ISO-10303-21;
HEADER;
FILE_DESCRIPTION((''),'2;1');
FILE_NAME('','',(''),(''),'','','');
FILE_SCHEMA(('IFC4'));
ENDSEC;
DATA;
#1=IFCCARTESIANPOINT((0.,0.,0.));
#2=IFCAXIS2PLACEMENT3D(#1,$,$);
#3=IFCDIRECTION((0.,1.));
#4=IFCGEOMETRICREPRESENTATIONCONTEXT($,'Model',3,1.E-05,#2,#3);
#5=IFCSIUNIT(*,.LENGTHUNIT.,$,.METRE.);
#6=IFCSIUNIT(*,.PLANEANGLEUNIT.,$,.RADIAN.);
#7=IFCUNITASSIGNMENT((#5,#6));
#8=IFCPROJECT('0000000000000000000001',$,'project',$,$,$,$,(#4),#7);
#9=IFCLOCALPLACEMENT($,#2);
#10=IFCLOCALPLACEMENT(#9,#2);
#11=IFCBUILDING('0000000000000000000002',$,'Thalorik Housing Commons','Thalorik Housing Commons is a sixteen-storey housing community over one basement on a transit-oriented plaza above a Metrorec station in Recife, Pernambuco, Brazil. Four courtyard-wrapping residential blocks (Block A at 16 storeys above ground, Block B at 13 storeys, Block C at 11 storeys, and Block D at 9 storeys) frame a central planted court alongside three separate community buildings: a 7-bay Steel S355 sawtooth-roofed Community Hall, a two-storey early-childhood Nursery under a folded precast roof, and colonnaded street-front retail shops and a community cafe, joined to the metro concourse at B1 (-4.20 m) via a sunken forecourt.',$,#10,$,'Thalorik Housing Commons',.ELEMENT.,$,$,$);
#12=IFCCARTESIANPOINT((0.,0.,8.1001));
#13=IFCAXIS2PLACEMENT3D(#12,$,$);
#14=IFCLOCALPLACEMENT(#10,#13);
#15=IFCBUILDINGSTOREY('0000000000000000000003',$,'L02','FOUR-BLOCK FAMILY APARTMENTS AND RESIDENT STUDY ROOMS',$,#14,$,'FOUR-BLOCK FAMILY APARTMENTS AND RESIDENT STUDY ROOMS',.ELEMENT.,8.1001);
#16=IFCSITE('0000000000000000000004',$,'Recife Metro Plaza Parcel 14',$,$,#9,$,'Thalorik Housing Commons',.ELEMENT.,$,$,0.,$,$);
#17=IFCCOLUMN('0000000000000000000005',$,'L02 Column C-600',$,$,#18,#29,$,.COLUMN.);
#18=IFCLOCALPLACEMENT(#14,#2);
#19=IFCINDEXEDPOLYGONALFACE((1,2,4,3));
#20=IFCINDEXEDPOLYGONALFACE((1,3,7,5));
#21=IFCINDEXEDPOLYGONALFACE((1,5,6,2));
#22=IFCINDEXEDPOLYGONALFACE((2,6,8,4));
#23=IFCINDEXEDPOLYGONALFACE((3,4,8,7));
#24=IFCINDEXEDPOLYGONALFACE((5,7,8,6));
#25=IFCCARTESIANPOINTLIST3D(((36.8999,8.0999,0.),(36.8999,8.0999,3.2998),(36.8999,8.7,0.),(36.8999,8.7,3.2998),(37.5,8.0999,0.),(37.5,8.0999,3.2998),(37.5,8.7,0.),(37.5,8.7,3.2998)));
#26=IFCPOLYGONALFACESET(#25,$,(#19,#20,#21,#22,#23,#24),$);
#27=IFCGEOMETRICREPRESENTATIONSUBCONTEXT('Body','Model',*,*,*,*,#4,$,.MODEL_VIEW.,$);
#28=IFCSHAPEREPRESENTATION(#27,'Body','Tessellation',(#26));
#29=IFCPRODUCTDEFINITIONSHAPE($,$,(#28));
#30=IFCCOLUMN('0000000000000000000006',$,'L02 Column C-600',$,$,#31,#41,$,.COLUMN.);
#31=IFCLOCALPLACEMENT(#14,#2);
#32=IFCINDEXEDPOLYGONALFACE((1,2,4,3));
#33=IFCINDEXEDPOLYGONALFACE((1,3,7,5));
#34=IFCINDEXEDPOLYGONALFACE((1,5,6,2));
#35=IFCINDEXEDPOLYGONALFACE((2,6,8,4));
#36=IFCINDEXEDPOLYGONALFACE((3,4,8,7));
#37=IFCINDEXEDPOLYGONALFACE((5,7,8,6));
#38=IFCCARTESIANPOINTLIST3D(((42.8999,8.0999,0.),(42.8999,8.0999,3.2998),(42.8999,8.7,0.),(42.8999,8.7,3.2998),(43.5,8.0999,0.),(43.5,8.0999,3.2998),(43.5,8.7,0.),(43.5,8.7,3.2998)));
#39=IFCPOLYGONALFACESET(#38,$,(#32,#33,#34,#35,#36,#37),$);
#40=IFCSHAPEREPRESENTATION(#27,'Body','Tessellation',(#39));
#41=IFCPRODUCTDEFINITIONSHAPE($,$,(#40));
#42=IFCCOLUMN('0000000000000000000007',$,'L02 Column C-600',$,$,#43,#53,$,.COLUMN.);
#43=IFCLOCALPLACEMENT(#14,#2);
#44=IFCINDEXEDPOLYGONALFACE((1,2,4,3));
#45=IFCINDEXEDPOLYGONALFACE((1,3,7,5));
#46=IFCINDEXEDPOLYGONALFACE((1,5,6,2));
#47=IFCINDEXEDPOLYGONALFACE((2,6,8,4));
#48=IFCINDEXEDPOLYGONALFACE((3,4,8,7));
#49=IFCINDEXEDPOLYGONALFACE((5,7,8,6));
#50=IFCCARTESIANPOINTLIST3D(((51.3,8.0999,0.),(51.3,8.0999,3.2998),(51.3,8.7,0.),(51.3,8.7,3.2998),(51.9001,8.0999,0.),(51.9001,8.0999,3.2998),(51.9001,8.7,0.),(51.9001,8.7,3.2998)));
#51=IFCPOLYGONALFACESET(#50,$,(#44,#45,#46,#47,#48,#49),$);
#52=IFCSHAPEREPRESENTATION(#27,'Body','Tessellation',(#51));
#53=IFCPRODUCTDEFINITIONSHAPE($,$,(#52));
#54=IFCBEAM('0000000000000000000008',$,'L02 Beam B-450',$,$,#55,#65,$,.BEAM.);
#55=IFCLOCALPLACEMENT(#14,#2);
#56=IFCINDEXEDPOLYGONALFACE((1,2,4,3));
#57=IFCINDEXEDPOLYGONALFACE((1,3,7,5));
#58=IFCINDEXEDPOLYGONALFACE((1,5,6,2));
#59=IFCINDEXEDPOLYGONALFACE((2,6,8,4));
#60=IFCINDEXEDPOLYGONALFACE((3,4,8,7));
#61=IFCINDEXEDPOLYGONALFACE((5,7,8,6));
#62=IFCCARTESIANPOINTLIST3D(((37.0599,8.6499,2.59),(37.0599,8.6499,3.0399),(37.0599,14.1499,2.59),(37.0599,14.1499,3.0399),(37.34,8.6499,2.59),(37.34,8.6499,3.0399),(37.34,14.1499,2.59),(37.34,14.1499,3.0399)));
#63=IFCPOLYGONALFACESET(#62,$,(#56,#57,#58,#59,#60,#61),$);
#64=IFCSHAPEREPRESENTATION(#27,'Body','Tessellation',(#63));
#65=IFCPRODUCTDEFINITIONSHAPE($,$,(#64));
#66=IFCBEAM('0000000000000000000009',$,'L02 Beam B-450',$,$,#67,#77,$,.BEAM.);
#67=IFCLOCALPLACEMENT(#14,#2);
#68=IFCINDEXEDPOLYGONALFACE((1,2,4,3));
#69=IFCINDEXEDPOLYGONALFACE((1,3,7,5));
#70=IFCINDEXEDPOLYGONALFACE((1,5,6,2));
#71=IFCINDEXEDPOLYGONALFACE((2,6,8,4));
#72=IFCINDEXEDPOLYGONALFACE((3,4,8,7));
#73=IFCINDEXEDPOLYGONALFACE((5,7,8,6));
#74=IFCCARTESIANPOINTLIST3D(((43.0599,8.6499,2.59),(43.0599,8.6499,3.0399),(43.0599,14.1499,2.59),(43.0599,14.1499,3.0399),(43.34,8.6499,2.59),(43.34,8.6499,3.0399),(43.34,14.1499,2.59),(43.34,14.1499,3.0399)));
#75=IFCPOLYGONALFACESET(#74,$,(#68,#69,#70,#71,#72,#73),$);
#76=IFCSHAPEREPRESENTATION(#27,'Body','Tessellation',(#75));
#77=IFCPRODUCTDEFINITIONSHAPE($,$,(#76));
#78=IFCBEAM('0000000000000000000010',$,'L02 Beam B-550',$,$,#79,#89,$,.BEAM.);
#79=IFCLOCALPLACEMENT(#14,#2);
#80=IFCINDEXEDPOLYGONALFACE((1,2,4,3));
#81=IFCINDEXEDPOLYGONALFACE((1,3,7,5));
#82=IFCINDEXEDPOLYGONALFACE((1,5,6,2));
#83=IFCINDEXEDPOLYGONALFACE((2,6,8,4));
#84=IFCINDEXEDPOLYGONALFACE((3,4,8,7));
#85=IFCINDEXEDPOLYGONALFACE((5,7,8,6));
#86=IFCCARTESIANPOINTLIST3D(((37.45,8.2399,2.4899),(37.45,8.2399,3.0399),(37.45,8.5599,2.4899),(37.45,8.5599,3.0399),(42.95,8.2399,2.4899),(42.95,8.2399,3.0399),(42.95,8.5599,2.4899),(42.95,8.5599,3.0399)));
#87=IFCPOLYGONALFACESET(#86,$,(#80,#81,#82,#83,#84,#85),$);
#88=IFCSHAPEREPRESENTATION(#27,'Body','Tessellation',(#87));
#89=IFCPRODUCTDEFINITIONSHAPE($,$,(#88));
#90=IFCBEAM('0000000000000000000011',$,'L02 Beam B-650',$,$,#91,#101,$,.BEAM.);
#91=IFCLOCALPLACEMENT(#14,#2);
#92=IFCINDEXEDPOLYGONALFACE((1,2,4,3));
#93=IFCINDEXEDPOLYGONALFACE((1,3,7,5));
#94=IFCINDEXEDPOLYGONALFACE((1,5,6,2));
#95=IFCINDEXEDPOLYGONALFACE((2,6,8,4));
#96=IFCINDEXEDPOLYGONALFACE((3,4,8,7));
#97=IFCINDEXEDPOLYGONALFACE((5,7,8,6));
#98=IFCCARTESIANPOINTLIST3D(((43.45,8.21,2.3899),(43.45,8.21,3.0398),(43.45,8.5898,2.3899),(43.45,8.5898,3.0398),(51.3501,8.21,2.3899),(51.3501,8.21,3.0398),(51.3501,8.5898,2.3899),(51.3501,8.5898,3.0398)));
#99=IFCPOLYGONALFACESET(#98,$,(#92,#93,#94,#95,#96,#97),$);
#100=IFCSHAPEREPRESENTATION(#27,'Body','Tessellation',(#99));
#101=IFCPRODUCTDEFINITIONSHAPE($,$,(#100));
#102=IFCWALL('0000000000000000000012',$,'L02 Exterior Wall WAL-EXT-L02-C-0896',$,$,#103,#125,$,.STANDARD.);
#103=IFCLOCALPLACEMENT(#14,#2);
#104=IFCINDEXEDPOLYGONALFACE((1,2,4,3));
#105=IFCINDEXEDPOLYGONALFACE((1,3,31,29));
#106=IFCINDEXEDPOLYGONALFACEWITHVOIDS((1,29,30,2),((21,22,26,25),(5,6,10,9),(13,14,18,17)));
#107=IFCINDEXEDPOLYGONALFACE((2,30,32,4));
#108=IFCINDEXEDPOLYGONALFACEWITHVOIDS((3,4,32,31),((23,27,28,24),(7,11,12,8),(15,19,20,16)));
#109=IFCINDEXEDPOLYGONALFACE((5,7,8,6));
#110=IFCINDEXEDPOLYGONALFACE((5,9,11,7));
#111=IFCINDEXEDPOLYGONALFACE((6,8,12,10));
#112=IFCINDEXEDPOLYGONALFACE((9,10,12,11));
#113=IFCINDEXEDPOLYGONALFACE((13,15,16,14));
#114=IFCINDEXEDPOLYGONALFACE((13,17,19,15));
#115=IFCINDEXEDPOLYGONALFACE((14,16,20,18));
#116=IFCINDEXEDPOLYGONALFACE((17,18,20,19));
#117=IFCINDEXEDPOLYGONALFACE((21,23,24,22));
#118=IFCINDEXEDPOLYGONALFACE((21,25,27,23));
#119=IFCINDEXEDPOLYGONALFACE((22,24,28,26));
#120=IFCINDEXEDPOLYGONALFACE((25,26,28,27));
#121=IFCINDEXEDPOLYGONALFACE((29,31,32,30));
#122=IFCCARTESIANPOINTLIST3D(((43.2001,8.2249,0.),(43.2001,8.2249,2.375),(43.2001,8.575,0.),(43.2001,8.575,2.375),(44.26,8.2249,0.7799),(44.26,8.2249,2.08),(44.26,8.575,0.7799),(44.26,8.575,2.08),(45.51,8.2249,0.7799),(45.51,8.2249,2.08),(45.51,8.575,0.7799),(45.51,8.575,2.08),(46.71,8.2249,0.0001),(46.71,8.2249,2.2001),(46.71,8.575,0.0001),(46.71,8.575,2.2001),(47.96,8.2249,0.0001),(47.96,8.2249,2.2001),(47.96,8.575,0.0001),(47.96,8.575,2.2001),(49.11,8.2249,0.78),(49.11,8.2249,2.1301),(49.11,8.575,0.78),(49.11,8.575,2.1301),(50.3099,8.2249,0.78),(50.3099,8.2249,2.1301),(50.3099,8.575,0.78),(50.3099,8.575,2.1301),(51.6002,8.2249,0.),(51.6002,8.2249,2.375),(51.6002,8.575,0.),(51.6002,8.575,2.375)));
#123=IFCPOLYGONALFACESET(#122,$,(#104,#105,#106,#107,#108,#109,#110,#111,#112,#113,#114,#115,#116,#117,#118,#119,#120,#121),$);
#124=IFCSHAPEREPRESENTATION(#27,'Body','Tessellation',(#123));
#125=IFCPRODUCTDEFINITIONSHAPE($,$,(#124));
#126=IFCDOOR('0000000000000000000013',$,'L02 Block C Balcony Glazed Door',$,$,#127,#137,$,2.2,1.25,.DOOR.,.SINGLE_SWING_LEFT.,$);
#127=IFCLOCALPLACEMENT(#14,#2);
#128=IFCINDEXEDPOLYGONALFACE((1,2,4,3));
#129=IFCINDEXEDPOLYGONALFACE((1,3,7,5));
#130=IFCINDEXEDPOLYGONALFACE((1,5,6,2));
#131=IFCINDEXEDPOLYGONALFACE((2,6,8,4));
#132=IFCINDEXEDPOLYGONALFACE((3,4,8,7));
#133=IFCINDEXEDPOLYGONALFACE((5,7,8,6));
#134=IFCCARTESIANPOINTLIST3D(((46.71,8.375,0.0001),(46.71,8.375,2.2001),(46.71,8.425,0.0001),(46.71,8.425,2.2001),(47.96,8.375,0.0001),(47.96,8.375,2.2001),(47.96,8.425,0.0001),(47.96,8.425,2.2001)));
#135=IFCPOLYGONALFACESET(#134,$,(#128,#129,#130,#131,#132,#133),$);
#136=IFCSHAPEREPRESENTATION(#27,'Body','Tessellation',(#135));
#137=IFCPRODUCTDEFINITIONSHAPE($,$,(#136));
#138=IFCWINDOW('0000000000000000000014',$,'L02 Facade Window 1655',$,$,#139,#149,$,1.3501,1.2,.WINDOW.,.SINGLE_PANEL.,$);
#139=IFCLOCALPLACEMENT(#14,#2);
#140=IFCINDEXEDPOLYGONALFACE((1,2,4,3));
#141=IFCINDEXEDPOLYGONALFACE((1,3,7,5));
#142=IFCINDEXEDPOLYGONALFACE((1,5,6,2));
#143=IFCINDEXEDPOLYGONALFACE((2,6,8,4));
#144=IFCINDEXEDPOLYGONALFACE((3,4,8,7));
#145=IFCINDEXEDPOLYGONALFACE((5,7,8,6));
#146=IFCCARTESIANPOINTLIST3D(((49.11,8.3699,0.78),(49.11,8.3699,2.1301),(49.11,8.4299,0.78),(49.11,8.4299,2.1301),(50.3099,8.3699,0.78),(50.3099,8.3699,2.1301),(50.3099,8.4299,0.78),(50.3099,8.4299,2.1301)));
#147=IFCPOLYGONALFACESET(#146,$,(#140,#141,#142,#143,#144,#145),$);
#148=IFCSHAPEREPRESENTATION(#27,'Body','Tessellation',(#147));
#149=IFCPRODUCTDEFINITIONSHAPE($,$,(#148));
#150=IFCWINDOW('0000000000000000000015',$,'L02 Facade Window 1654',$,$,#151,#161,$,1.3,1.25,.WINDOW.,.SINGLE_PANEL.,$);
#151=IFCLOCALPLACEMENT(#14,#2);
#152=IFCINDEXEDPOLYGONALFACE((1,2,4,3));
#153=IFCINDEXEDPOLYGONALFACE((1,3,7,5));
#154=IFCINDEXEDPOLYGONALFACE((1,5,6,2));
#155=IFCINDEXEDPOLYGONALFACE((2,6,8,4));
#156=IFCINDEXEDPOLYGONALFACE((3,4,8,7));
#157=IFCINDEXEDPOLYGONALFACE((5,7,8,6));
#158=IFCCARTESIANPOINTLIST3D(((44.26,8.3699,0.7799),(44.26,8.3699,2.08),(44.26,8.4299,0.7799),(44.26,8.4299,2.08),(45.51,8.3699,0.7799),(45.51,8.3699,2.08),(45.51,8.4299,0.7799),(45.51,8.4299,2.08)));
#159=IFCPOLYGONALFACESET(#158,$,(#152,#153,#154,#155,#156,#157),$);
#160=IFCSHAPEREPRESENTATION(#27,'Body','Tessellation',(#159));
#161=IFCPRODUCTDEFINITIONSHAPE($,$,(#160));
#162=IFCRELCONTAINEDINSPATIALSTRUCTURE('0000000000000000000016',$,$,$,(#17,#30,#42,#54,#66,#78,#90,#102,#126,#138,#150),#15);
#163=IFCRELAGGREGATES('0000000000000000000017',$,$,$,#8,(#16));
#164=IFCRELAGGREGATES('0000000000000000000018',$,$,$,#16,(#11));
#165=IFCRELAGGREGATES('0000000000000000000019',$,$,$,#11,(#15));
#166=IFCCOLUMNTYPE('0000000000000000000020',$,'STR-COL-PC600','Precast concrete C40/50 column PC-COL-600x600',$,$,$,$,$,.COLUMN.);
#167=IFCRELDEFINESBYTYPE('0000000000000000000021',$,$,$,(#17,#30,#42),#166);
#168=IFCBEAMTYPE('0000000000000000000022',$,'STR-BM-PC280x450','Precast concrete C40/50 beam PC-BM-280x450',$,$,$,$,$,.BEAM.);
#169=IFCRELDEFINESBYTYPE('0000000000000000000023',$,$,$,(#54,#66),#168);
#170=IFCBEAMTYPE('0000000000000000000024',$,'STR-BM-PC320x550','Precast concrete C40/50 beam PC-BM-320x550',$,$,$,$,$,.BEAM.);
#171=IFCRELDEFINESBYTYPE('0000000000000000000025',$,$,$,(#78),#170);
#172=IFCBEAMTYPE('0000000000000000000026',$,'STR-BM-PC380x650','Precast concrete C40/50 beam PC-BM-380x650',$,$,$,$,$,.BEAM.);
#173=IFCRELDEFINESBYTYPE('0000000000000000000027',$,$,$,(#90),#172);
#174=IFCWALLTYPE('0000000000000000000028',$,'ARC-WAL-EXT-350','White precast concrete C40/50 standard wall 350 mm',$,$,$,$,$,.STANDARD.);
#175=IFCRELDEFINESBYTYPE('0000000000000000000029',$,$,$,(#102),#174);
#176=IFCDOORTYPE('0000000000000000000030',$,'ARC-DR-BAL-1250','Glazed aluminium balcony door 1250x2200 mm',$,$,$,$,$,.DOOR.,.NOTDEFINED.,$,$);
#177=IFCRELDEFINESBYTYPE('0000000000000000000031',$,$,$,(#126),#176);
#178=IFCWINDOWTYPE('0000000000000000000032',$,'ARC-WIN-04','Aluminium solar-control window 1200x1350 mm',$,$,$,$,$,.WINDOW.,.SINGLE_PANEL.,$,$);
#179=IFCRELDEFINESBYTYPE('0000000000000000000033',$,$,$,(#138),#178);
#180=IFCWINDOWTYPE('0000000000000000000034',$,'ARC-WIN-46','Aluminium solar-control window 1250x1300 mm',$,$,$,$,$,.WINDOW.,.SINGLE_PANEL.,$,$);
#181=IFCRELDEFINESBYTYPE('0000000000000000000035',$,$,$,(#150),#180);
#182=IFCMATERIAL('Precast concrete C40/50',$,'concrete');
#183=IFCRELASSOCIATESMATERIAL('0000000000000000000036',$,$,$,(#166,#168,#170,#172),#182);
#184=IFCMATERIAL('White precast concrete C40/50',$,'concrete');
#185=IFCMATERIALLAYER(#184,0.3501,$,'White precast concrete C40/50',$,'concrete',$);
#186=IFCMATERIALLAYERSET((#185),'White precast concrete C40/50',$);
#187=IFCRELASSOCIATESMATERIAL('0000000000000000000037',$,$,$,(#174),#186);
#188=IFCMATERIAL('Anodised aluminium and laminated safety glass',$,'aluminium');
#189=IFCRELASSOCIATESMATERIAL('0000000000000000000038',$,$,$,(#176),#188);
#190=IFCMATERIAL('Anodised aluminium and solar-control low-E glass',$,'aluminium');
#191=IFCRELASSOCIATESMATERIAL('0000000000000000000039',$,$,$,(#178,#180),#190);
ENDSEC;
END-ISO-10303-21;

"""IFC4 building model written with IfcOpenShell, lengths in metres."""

from ifc_helpers import new_model, si_unit, direction, frame, frame_2d, origin, origin_2d, place, context, subcontext, project, spatial, rectangle, extrude, material, layer, layer_set, material_profile, profile_set, type_object, element, fill, save


model = new_model("IFC4")

# Units and contexts
model_context = context("Model", 3, precision=1e-05, world=origin(), true_north=direction((0.0, 1.0)))
body_context = subcontext(model_context, "Body", "Model", "MODEL_VIEW")
ifc_project = project(units=[si_unit("LENGTHUNIT", "METRE"), si_unit("PLANEANGLEUNIT", "RADIAN")], contexts=[model_context])

# Site, building, storey
site_placement = place(None, origin())
site = spatial("IfcSite", under=ifc_project, at=site_placement, Name="Recife Metro Plaza Parcel 14", LongName="Thalorik Housing Commons", CompositionType="ELEMENT", RefElevation=0.0)
building_placement = place(site_placement, origin())
building = spatial("IfcBuilding", under=site, at=building_placement, Name="Thalorik Housing Commons", Description="Thalorik Housing Commons is a sixteen-storey housing community over one basement on a transit-oriented plaza above a Metrorec station in Recife, Pernambuco, Brazil. Four courtyard-wrapping residential blocks (Block A at 16 storeys above ground, Block B at 13 storeys, Block C at 11 storeys, and Block D at 9 storeys) frame a central planted court alongside three separate community buildings: a 7-bay Steel S355 sawtooth-roofed Community Hall, a two-storey early-childhood Nursery under a folded precast roof, and colonnaded street-front retail shops and a community cafe, joined to the metro concourse at B1 (-4.20 m) via a sunken forecourt.", LongName="Thalorik Housing Commons", CompositionType="ELEMENT")
storey_placement = place(building_placement, frame((0.0, 0.0, 8.1001)))
storey = spatial("IfcBuildingStorey", under=building, at=storey_placement, Name="L02", Description="FOUR-BLOCK FAMILY APARTMENTS AND RESIDENT STUDY ROOMS", LongName="FOUR-BLOCK FAMILY APARTMENTS AND RESIDENT STUDY ROOMS", CompositionType="ELEMENT", Elevation=8.1001)

# Columns
ifc_material_1 = material(Name="Precast concrete C40/50", Category="concrete")
ifc_material_profile_1 = material_profile(ifc_material_1, rectangle(XDim=0.6001, YDim=0.6001, at=origin_2d()), Name="PC 600x600", Category="concrete")
ifc_profile_set_1 = profile_set([ifc_material_profile_1], Name="Precast concrete C40/50")
column_type = type_object("IfcColumnType", Name="STR-COL-PC600", Description="Precast concrete C40/50 column PC-COL-600x600", PredefinedType="COLUMN", material=ifc_profile_set_1)
for number, where, z_axis, x_axis, name in (
    (1, (37.2, 8.3999, 0.0), (0.0, 0.0, 1.0), (1.0, 0.0, 0.0), "L02 Column C-600"),
    (2, (43.2, 8.3999, 0.0), (0.0, 0.0, 1.0), (1.0, 0.0, 0.0), "L02 Column C-600"),
    (3, (51.6001, 8.3999, 0.0), (0.0, 0.0, 1.0), (1.0, 0.0, 0.0), "L02 Column C-600"),
):
    element("IfcColumn", number, at=place(storey_placement, frame(where, z_axis=z_axis, x_axis=x_axis)), inside=storey, type_object=column_type, Name=name, PredefinedType="COLUMN", context=body_context, shape_type="SweptSolid", body=[
        extrude(rectangle(XDim=0.6001, YDim=0.6001, at=origin_2d()), origin(), (0.0, 0.0, 1.0), 3.2998),
    ])

# Beams
ifc_material_profile_2 = material_profile(ifc_material_1, rectangle(XDim=0.28, YDim=0.45, at=origin_2d()), Name="PC 280x450", Category="concrete")
ifc_profile_set_2 = profile_set([ifc_material_profile_2], Name="Precast concrete C40/50")
beam_type_1 = type_object("IfcBeamType", Name="STR-BM-PC280x450", Description="Precast concrete C40/50 beam PC-BM-280x450", PredefinedType="BEAM", material=ifc_profile_set_2)
for number, where, z_axis, x_axis, name in (
    (4, (37.2, 8.6499, 2.8149), (0.0, 1.0, 0.0), (-1.0, 0.0, 0.0), "L02 Beam B-450"),
    (5, (43.2, 8.6499, 2.8149), (0.0, 1.0, 0.0), (-1.0, 0.0, 0.0), "L02 Beam B-450"),
):
    element("IfcBeam", number, at=place(storey_placement, frame(where, z_axis=z_axis, x_axis=x_axis)), inside=storey, type_object=beam_type_1, Name=name, PredefinedType="BEAM", context=body_context, shape_type="SweptSolid", body=[
        extrude(rectangle(XDim=0.28, YDim=0.45, at=origin_2d()), origin(), (0.0, 0.0, 1.0), 5.5),
    ])
ifc_material_profile_3 = material_profile(ifc_material_1, rectangle(XDim=0.3201, YDim=0.55, at=origin_2d()), Name="PC 320x550", Category="concrete")
ifc_profile_set_3 = profile_set([ifc_material_profile_3], Name="Precast concrete C40/50")
beam_type_2 = type_object("IfcBeamType", Name="STR-BM-PC320x550", Description="Precast concrete C40/50 beam PC-BM-320x550", PredefinedType="BEAM", material=ifc_profile_set_3)
beam_1_placement = place(storey_placement, frame((37.45, 8.3999, 2.7649), z_axis=(1.0, 0.0, 0.0), x_axis=(0.0, 1.0, 0.0)))
element("IfcBeam", 6, at=beam_1_placement, inside=storey, type_object=beam_type_2, Name="L02 Beam B-550", PredefinedType="BEAM", context=body_context, shape_type="SweptSolid", body=[
    extrude(rectangle(XDim=0.3201, YDim=0.55, at=origin_2d()), origin(), (0.0, 0.0, 1.0), 5.5),
])
ifc_material_profile_4 = material_profile(ifc_material_1, rectangle(XDim=0.3799, YDim=0.6499, at=origin_2d()), Name="PC 380x650", Category="concrete")
ifc_profile_set_4 = profile_set([ifc_material_profile_4], Name="Precast concrete C40/50")
beam_type_3 = type_object("IfcBeamType", Name="STR-BM-PC380x650", Description="Precast concrete C40/50 beam PC-BM-380x650", PredefinedType="BEAM", material=ifc_profile_set_4)
beam_2_placement = place(storey_placement, frame((43.45, 8.3999, 2.7148), z_axis=(1.0, 0.0, 0.0), x_axis=(0.0, 1.0, 0.0)))
element("IfcBeam", 7, at=beam_2_placement, inside=storey, type_object=beam_type_3, Name="L02 Beam B-650", PredefinedType="BEAM", context=body_context, shape_type="SweptSolid", body=[
    extrude(rectangle(XDim=0.3799, YDim=0.6499, at=origin_2d()), origin(), (0.0, 0.0, 1.0), 7.9001),
])

# Shared definitions
ifc_material_2 = material(Name="White precast concrete C40/50", Category="concrete")
ifc_layer_1 = layer(ifc_material_2, 0.3501, Name="White precast concrete C40/50", Category="concrete")
ifc_layer_set_1 = layer_set([ifc_layer_1], Name="White precast concrete C40/50")
wall_type_1 = type_object("IfcWallType", Name="ARC-WAL-EXT-350", Description="White precast concrete C40/50 standard wall 350 mm", PredefinedType="STANDARD", material=ifc_layer_set_1)
ifc_material_3 = material(Name="Anodised aluminium and laminated safety glass", Category="aluminium")
ifc_material_4 = material(Name="Anodised aluminium and solar-control low-E glass", Category="aluminium")

# Wall, openings, door, windows
wall_1_placement = place(storey_placement, frame((43.2, 8.3999, 0.0), z_axis=(0.0, 0.0, 1.0), x_axis=(1.0, 0.0, 0.0)))
wall_1 = element("IfcWall", 8, at=wall_1_placement, inside=storey, type_object=wall_type_1, Name="L02 Exterior Wall WAL-EXT-L02-C-0896", PredefinedType="STANDARD", context=body_context, shape_type="SweptSolid", body=[
    extrude(rectangle(XDim=8.4001, YDim=0.3501, at=frame_2d((4.2002, 0.0))), origin(), (0.0, 0.0, 1.0), 2.375),
])
opening_1_placement = place(wall_1_placement, frame((3.51, 0.0, 0.0)))
opening_1 = element("IfcOpeningElement", 9, at=opening_1_placement, cuts=wall_1, PredefinedType="OPENING", context=body_context, shape_type="SweptSolid", body=[
    extrude(rectangle(XDim=1.25, YDim=2.2, at=frame_2d((0.625, 1.1001))), frame((0.0, 0.1851, 0.0), z_axis=(0.0, -1.0, 0.0), x_axis=(1.0, 0.0, 0.0)), (0.0, 0.0, 1.0), 0.3701),
])
opening_2_placement = place(wall_1_placement, frame((1.0601, 0.0, 0.78)))
opening_2 = element("IfcOpeningElement", 10, at=opening_2_placement, cuts=wall_1, PredefinedType="OPENING", context=body_context, shape_type="SweptSolid", body=[
    extrude(rectangle(XDim=1.25, YDim=1.3, at=frame_2d((0.625, 0.6499))), frame((0.0, 0.1851, 0.0), z_axis=(0.0, -1.0, 0.0), x_axis=(1.0, 0.0, 0.0)), (0.0, 0.0, 1.0), 0.3701),
])
opening_3_placement = place(wall_1_placement, frame((5.9099, 0.0, 0.78)))
opening_3 = element("IfcOpeningElement", 11, at=opening_3_placement, cuts=wall_1, PredefinedType="OPENING", context=body_context, shape_type="SweptSolid", body=[
    extrude(rectangle(XDim=1.2, YDim=1.3501, at=frame_2d((0.6001, 0.675))), frame((0.0, 0.1851, 0.0), z_axis=(0.0, -1.0, 0.0), x_axis=(1.0, 0.0, 0.0)), (0.0, 0.0, 1.0), 0.3701),
])
door_type_1 = type_object("IfcDoorType", Name="ARC-DR-BAL-1250", Description="Glazed aluminium balcony door 1250x2200 mm", OperationType="NOTDEFINED", PredefinedType="DOOR", material=ifc_material_3)
door_1_placement = place(opening_1_placement, frame((1.25, 0.0, 0.0), z_axis=(0.0, 0.0, 1.0), x_axis=(-1.0, 0.0, 0.0)))
door_1 = element("IfcDoor", 12, at=door_1_placement, inside=storey, type_object=door_type_1, Name="L02 Block C Balcony Glazed Door", OperationType="SINGLE_SWING_LEFT", OverallHeight=2.2, OverallWidth=1.25, PredefinedType="DOOR", context=body_context, shape_type="SweptSolid", body=[
    extrude(rectangle(XDim=1.25, YDim=2.2, at=frame_2d((0.625, 1.1001))), frame((0.0, 0.0249, 0.0), z_axis=(0.0, -1.0, 0.0), x_axis=(1.0, 0.0, 0.0)), (0.0, 0.0, 1.0), 0.05),
])
fill(opening_1, door_1)
window_type_1 = type_object("IfcWindowType", Name="ARC-WIN-04", Description="Aluminium solar-control window 1200x1350 mm", PartitioningType="SINGLE_PANEL", PredefinedType="WINDOW", material=ifc_material_4)
window_1_placement = place(opening_3_placement, origin())
window_1 = element("IfcWindow", 13, at=window_1_placement, inside=storey, type_object=window_type_1, Name="L02 Facade Window 1655", OverallHeight=1.3501, OverallWidth=1.2, PartitioningType="SINGLE_PANEL", PredefinedType="WINDOW", context=body_context, shape_type="SweptSolid", body=[
    extrude(rectangle(XDim=1.2, YDim=1.3501, at=frame_2d((0.6001, 0.675))), frame((0.0, 0.03, 0.0), z_axis=(0.0, -1.0, 0.0), x_axis=(1.0, 0.0, 0.0)), (0.0, 0.0, 1.0), 0.0601),
])
fill(opening_3, window_1)
window_type_2 = type_object("IfcWindowType", Name="ARC-WIN-46", Description="Aluminium solar-control window 1250x1300 mm", PartitioningType="SINGLE_PANEL", PredefinedType="WINDOW", material=ifc_material_4)
window_2_placement = place(opening_2_placement, origin())
window_2 = element("IfcWindow", 14, at=window_2_placement, inside=storey, type_object=window_type_2, Name="L02 Facade Window 1654", OverallHeight=1.3, OverallWidth=1.25, PartitioningType="SINGLE_PANEL", PredefinedType="WINDOW", context=body_context, shape_type="SweptSolid", body=[
    extrude(rectangle(XDim=1.25, YDim=1.3, at=frame_2d((0.625, 0.6499))), frame((0.0, 0.03, 0.0), z_axis=(0.0, -1.0, 0.0), x_axis=(1.0, 0.0, 0.0)), (0.0, 0.0, 1.0), 0.0601),
])
fill(opening_2, window_2)

save(model, "model.ifc")
